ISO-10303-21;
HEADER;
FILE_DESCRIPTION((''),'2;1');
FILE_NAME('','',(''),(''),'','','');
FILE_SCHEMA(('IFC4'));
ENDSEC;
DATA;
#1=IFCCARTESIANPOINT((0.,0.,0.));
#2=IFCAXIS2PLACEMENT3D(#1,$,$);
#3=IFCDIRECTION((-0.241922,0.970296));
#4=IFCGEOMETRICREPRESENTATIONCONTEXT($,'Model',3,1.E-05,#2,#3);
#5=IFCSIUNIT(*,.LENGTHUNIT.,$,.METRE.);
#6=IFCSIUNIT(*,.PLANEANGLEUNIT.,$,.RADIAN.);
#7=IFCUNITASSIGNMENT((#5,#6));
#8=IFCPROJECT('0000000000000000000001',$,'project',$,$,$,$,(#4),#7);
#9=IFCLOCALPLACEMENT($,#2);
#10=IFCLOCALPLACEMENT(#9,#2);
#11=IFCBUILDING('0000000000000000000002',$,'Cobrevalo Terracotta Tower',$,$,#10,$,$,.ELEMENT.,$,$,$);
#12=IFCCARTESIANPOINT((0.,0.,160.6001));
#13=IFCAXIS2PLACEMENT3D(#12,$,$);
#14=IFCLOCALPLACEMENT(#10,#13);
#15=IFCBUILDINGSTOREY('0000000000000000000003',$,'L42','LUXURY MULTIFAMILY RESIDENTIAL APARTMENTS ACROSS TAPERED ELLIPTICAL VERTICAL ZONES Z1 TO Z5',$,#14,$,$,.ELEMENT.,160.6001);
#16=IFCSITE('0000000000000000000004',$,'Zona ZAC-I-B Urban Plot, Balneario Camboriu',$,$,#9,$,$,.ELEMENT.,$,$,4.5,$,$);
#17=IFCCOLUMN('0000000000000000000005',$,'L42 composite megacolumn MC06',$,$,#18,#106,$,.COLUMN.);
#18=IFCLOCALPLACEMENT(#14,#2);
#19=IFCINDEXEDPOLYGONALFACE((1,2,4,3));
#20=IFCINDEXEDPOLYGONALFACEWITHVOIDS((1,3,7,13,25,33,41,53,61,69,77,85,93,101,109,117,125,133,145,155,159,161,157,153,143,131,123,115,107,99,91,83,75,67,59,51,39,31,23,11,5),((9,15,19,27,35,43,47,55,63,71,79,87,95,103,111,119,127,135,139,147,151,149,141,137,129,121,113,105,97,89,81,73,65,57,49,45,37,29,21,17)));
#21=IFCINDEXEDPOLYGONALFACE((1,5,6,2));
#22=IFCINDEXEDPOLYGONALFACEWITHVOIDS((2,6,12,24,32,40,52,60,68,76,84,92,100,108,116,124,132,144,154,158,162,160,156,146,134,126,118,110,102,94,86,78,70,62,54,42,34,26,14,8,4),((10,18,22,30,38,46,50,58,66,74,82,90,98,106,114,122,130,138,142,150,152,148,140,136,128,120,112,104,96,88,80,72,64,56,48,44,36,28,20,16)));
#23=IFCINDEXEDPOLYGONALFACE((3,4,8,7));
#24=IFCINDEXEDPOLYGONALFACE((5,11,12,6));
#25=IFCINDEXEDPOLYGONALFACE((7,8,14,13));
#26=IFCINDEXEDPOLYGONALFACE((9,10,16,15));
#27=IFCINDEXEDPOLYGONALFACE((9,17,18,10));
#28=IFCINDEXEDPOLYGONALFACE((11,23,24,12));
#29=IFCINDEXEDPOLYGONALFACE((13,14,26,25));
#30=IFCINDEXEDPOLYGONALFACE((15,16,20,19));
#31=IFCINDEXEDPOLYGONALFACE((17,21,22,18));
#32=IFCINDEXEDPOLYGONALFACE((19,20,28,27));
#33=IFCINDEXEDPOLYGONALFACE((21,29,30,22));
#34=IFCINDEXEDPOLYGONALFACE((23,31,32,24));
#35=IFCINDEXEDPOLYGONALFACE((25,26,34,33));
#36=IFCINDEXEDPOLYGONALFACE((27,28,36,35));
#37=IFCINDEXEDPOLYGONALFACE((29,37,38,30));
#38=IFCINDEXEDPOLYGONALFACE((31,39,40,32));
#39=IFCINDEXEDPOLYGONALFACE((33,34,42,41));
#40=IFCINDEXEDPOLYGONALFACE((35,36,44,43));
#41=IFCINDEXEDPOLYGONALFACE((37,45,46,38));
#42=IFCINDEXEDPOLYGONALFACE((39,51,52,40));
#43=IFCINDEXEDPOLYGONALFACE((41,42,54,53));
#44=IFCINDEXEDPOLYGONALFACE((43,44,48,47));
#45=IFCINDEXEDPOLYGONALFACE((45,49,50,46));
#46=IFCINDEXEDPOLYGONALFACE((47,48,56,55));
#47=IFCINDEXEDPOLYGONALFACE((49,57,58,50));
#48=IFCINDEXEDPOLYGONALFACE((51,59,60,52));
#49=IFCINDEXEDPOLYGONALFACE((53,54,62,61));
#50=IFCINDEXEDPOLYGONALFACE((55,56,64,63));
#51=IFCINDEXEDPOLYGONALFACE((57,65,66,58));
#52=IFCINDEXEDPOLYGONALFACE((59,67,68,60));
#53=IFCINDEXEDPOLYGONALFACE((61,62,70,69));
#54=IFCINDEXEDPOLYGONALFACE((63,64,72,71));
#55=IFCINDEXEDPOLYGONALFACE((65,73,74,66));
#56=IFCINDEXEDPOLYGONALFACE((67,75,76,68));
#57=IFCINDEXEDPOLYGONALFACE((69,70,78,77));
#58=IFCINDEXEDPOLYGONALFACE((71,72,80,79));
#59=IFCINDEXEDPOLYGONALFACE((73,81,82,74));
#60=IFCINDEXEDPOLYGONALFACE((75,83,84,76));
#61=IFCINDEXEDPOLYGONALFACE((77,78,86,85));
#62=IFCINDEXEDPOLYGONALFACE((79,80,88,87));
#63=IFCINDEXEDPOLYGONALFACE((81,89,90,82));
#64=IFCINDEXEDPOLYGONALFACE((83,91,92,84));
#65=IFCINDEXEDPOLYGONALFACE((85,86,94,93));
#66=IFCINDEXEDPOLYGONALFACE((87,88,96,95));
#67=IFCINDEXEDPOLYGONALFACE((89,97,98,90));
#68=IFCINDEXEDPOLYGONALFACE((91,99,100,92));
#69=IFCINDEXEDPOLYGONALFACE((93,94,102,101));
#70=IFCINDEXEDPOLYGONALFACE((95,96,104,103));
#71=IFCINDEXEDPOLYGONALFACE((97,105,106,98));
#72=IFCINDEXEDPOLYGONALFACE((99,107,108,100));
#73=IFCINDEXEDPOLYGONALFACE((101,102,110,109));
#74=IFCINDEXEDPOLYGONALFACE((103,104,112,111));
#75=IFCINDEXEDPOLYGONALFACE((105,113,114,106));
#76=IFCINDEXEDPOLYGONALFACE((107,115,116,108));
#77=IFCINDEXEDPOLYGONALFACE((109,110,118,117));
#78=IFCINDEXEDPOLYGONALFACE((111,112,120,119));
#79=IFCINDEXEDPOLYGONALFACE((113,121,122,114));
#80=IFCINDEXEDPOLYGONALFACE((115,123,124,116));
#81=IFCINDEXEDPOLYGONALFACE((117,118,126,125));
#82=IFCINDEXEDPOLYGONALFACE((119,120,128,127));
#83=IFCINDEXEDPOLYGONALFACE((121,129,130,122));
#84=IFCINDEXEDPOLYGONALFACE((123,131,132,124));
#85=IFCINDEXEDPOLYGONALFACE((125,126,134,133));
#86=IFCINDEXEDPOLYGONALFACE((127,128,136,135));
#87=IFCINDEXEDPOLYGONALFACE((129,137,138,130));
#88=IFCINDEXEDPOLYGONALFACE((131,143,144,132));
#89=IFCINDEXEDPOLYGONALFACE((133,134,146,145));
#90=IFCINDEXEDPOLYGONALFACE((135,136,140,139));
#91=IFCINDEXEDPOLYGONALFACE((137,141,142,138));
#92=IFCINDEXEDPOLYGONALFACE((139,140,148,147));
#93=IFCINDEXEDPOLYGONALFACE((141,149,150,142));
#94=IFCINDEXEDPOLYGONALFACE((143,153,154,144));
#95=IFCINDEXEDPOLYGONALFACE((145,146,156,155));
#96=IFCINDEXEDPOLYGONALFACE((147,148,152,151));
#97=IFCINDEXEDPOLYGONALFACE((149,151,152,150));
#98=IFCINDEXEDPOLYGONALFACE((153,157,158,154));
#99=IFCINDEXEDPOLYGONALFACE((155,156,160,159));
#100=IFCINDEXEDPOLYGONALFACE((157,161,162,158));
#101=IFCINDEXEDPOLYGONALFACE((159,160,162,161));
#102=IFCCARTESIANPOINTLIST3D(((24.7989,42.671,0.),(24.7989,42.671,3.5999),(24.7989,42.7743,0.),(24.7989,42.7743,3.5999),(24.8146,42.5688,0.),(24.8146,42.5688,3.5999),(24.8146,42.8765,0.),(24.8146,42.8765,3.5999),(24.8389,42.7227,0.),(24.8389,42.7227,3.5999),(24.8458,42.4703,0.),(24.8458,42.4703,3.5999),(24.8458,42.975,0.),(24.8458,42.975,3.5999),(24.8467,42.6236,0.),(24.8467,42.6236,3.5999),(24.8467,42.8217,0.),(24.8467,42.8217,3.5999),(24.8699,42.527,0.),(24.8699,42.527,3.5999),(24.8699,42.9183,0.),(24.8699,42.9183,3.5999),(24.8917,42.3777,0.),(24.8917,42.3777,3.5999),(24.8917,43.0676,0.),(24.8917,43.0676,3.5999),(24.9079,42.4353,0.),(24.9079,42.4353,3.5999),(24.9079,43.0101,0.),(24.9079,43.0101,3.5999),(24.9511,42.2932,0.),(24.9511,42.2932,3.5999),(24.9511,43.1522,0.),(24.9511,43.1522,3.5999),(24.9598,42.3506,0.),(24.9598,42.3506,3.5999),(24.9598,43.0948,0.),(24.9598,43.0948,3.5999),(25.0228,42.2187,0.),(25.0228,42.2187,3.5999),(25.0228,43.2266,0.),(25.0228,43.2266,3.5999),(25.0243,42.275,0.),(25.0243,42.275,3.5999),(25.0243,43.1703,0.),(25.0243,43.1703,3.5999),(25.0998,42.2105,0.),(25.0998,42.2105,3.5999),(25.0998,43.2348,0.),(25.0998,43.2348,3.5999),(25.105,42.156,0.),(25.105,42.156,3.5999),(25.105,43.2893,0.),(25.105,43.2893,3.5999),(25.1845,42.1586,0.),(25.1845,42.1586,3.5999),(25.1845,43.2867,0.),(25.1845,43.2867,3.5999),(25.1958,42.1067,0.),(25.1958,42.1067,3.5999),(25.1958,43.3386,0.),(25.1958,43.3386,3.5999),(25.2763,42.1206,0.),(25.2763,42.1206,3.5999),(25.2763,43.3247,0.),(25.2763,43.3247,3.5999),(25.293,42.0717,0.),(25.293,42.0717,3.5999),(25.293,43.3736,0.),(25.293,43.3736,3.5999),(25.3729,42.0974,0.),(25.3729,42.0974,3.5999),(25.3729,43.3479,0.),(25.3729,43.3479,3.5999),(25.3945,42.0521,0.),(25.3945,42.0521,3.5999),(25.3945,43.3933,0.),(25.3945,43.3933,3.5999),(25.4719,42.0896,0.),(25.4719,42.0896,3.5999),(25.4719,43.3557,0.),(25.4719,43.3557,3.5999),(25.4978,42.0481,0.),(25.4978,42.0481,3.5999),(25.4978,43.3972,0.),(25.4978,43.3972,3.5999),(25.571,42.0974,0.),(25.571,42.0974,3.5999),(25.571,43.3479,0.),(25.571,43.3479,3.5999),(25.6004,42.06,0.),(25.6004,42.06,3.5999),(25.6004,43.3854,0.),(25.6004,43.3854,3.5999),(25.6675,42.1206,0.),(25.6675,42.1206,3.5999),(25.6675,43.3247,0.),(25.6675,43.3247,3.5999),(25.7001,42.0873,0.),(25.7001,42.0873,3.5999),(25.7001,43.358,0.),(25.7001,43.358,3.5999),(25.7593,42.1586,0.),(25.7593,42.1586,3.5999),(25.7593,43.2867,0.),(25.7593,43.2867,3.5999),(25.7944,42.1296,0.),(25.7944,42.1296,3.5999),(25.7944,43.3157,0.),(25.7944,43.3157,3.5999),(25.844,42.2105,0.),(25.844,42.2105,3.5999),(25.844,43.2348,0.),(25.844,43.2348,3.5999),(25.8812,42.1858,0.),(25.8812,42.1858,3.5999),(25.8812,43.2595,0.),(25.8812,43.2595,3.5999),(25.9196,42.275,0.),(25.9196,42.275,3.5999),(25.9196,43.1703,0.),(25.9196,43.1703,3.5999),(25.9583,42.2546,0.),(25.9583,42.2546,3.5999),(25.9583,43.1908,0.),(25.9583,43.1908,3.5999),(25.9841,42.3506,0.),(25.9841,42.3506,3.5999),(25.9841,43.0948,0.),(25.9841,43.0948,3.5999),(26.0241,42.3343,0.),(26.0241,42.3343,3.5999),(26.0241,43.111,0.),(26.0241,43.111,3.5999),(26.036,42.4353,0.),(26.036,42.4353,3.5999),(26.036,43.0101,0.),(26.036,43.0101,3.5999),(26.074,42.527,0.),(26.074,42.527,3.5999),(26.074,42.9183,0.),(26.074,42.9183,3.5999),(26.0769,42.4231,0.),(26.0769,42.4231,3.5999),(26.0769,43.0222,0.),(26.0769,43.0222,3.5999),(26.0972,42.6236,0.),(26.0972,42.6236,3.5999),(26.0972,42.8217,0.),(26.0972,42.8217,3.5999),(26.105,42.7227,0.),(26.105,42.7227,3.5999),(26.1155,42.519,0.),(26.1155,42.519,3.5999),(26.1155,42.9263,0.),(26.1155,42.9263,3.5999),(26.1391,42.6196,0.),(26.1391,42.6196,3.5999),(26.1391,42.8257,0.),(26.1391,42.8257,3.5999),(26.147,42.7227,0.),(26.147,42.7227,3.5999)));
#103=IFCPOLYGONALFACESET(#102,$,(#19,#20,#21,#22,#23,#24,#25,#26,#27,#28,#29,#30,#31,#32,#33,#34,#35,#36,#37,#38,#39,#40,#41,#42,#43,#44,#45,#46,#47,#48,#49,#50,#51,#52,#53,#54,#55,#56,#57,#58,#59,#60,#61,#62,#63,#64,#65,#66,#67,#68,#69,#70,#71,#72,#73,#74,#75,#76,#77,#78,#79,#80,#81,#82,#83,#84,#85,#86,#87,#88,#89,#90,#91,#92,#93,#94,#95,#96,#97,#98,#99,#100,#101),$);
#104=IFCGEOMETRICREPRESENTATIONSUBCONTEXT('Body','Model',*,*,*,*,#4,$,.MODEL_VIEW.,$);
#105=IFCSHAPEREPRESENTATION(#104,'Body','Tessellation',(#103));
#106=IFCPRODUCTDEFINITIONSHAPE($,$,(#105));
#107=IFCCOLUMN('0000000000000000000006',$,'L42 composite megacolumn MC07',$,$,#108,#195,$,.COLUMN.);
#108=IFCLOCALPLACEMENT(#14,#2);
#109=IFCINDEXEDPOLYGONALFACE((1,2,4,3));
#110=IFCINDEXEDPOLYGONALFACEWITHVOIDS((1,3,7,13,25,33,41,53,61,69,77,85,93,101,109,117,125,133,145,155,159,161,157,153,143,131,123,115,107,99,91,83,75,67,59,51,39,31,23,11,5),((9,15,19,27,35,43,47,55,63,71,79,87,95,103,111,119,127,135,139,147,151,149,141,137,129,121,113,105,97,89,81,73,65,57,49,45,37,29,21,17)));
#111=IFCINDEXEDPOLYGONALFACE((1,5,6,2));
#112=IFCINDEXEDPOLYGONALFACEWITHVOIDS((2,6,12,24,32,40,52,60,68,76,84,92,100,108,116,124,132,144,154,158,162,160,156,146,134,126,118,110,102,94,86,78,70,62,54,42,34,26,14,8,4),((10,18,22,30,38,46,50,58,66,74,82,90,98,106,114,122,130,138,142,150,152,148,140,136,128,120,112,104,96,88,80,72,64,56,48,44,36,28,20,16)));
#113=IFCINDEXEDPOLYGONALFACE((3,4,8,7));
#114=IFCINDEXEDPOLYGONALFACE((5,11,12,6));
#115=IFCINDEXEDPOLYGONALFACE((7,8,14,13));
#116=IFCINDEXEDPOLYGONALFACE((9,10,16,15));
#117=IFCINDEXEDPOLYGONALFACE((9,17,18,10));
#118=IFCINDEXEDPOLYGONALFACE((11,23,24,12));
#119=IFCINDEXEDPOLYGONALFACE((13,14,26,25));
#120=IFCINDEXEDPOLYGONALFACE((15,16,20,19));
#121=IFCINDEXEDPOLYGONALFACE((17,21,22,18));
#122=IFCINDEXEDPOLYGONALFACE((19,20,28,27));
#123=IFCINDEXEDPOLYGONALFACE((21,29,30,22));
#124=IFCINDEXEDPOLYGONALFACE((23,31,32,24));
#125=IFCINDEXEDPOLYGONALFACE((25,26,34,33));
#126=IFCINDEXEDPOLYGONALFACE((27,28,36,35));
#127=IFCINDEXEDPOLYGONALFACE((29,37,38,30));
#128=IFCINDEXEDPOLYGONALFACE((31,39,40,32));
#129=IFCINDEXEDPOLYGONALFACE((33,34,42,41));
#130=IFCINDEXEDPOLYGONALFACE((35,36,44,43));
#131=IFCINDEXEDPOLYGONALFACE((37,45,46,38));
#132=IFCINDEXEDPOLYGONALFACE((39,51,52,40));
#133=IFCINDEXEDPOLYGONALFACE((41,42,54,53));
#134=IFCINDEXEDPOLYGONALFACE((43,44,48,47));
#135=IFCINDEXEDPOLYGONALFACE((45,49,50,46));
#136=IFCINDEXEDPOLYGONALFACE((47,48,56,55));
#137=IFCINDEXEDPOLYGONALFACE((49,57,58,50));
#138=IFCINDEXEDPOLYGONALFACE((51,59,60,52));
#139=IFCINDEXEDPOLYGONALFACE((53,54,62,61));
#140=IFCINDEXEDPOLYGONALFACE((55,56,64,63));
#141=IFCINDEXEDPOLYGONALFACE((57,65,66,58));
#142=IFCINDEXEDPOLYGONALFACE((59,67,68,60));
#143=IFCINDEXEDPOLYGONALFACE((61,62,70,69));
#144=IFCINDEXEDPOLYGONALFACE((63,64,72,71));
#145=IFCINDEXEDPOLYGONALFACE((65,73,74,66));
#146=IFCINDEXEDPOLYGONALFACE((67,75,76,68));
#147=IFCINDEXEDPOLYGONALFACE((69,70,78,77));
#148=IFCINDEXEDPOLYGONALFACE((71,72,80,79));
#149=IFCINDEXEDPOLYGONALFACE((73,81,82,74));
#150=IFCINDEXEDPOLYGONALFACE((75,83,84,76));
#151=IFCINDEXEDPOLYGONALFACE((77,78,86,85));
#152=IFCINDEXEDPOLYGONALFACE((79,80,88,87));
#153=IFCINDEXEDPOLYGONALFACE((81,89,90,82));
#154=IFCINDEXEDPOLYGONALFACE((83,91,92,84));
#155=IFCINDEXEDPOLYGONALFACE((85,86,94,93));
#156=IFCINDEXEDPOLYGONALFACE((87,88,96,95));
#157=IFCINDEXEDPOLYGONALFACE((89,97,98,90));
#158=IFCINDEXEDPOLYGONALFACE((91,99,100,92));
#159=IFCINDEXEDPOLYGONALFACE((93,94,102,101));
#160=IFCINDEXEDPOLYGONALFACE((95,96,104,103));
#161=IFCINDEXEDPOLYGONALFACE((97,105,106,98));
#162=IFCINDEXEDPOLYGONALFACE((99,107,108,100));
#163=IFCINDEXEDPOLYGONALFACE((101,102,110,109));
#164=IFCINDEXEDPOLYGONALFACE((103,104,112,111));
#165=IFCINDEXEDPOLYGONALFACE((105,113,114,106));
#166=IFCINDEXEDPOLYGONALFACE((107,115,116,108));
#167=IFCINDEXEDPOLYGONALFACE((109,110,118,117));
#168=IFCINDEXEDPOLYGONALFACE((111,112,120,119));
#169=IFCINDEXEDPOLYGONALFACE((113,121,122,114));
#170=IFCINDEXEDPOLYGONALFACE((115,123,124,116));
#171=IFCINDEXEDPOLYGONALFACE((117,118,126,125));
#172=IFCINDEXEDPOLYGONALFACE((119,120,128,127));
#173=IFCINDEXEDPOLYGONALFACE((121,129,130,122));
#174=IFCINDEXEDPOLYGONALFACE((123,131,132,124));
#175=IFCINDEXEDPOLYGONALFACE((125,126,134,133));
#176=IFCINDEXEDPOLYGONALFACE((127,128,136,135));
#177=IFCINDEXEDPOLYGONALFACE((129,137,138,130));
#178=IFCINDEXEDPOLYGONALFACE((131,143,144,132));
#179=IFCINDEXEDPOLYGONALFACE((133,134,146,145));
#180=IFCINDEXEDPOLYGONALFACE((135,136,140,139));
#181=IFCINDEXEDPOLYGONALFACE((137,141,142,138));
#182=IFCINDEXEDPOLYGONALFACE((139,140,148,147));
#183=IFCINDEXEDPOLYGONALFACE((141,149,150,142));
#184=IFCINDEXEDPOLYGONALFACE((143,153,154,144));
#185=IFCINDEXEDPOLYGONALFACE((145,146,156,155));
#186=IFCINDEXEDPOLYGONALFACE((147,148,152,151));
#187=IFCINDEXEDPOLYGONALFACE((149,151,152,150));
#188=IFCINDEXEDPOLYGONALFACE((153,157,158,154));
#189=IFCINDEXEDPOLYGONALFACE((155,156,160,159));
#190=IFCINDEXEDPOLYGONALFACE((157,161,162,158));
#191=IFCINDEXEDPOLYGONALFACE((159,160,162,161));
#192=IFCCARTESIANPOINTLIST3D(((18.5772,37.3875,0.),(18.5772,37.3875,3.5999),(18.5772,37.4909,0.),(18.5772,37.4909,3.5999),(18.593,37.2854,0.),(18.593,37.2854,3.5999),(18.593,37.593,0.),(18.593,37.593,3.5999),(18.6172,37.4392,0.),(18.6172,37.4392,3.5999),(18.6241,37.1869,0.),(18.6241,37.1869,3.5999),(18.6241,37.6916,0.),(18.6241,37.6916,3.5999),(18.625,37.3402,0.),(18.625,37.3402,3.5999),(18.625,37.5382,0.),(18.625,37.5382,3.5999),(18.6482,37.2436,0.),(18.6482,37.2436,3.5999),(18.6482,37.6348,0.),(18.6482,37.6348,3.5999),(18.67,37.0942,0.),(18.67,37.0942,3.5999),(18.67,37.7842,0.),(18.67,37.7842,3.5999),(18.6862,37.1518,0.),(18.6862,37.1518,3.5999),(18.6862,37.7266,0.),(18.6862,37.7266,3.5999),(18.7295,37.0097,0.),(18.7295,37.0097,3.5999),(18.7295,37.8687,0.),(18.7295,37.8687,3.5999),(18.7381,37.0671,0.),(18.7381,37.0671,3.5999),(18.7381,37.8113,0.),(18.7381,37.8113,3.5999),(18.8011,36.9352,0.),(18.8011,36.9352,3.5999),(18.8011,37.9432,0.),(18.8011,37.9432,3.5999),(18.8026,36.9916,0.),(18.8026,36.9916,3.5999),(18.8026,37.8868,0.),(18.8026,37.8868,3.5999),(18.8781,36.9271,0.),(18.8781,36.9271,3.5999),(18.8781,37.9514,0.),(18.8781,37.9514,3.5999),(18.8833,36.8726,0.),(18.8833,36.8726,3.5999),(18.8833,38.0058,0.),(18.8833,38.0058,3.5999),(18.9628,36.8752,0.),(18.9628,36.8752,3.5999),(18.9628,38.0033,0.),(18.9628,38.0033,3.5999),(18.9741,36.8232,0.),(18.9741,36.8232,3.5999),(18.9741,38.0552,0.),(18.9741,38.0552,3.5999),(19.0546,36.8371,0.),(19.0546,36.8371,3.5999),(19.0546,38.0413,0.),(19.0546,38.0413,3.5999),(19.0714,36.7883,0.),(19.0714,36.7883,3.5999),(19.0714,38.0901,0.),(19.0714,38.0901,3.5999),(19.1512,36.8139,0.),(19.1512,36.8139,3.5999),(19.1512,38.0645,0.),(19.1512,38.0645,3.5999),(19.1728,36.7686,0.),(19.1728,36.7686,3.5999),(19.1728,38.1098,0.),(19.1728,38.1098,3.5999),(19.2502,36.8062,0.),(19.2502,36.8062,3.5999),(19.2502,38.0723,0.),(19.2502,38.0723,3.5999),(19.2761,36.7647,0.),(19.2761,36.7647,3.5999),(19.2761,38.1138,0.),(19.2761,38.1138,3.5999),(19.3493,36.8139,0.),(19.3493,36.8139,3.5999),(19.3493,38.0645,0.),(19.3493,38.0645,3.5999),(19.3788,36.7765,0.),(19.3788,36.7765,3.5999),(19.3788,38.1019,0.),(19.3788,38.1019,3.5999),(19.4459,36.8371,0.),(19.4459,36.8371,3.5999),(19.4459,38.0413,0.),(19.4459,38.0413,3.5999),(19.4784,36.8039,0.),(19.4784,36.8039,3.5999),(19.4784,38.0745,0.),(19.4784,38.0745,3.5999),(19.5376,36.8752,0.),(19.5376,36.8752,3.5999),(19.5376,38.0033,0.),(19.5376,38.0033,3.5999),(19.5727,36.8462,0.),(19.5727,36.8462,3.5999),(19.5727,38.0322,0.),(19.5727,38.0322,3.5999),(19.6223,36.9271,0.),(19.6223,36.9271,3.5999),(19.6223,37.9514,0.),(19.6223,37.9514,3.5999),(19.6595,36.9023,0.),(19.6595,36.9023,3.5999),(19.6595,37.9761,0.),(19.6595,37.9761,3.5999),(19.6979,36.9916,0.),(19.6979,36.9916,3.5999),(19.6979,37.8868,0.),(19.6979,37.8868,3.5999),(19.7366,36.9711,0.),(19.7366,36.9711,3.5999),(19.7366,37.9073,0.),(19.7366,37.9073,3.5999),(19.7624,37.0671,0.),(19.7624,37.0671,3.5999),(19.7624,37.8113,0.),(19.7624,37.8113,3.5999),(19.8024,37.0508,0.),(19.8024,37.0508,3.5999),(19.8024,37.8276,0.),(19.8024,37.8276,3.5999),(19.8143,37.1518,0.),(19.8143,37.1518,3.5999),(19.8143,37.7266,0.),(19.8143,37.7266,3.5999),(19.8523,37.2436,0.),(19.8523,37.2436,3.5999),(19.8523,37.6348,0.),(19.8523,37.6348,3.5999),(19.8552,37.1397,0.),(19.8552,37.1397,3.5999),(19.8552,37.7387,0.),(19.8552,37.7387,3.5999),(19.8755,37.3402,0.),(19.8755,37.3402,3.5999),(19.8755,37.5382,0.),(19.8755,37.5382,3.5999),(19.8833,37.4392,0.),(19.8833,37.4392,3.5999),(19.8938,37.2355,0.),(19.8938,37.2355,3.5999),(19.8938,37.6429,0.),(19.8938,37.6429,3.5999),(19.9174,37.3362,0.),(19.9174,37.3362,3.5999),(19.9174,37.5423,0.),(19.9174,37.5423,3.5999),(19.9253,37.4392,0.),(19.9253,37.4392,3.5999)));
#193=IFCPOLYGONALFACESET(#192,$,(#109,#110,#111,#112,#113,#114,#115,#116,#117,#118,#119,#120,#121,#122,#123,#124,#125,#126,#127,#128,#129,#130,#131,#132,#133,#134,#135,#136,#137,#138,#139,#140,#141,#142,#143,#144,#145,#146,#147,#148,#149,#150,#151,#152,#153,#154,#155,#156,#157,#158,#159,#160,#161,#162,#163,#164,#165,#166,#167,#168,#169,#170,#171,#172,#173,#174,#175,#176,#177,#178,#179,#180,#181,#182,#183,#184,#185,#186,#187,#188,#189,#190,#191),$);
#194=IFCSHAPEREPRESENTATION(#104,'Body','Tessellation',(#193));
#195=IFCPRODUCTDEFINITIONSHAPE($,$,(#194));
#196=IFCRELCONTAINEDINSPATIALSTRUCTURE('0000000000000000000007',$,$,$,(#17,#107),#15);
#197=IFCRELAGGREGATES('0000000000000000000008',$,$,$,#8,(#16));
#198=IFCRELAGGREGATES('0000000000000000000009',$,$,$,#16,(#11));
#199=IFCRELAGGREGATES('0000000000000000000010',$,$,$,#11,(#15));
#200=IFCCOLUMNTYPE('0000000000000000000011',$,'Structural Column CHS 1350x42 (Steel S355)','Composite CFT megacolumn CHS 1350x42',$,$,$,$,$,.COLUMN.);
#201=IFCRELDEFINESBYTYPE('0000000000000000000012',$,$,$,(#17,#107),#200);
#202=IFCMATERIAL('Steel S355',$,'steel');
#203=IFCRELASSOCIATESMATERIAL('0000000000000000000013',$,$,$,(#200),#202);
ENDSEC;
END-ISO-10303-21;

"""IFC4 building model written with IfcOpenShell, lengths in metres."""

from ifc_helpers import new_model, si_unit, direction, frame, origin, origin_2d, place, context, subcontext, project, spatial, hollow_circle, extrude, material, material_profile, profile_set, type_object, element, save


model = new_model("IFC4")

# Units and contexts
model_context = context("Model", 3, precision=1e-05, world=origin(), true_north=direction((-0.241922, 0.970296)))
body_context = subcontext(model_context, "Body", "Model", "MODEL_VIEW")
ifc_project = project(units=[si_unit("LENGTHUNIT", "METRE"), si_unit("PLANEANGLEUNIT", "RADIAN")], contexts=[model_context])

# Site, building, storey
site_placement = place(None, origin())
site = spatial("IfcSite", under=ifc_project, at=site_placement, Name="Zona ZAC-I-B Urban Plot, Balneario Camboriu", CompositionType="ELEMENT", RefElevation=4.5)
building_placement = place(site_placement, origin())
building = spatial("IfcBuilding", under=site, at=building_placement, Name="Cobrevalo Terracotta Tower", CompositionType="ELEMENT")
storey_placement = place(building_placement, frame((0.0, 0.0, 160.6001)))
storey = spatial("IfcBuildingStorey", under=building, at=storey_placement, Name="L42", Description="LUXURY MULTIFAMILY RESIDENTIAL APARTMENTS ACROSS TAPERED ELLIPTICAL VERTICAL ZONES Z1 TO Z5", CompositionType="ELEMENT", Elevation=160.6001)

# Columns
ifc_material_1 = material(Name="Steel S355", Category="steel")
ifc_material_profile_1 = material_profile(ifc_material_1, hollow_circle(Radius=0.675, WallThickness=0.042, at=origin_2d()), Name="CHS 1350x42")
ifc_profile_set_1 = profile_set([ifc_material_profile_1], Name="Steel S355")
column_type = type_object("IfcColumnType", Name="Structural Column CHS 1350x42 (Steel S355)", Description="Composite CFT megacolumn CHS 1350x42", PredefinedType="COLUMN", material=ifc_profile_set_1)
for number, where, z_axis, x_axis, name in (
    (1, (25.4719, 42.7227, 0.0), (0.0, 0.0, 1.0), (1.0, 0.0, 0.0), "L42 composite megacolumn MC06"),
    (2, (19.2502, 37.4392, 0.0), (0.0, 0.0, 1.0), (1.0, 0.0, 0.0), "L42 composite megacolumn MC07"),
):
    element("IfcColumn", number, at=place(storey_placement, frame(where, z_axis=z_axis, x_axis=x_axis)), inside=storey, type_object=column_type, Name=name, PredefinedType="COLUMN", context=body_context, shape_type="SweptSolid", body=[
        extrude(hollow_circle(Radius=0.675, WallThickness=0.042, at=origin_2d()), origin(), (0.0, 0.0, 1.0), 3.5999),
    ])

save(model, "model.ifc")
